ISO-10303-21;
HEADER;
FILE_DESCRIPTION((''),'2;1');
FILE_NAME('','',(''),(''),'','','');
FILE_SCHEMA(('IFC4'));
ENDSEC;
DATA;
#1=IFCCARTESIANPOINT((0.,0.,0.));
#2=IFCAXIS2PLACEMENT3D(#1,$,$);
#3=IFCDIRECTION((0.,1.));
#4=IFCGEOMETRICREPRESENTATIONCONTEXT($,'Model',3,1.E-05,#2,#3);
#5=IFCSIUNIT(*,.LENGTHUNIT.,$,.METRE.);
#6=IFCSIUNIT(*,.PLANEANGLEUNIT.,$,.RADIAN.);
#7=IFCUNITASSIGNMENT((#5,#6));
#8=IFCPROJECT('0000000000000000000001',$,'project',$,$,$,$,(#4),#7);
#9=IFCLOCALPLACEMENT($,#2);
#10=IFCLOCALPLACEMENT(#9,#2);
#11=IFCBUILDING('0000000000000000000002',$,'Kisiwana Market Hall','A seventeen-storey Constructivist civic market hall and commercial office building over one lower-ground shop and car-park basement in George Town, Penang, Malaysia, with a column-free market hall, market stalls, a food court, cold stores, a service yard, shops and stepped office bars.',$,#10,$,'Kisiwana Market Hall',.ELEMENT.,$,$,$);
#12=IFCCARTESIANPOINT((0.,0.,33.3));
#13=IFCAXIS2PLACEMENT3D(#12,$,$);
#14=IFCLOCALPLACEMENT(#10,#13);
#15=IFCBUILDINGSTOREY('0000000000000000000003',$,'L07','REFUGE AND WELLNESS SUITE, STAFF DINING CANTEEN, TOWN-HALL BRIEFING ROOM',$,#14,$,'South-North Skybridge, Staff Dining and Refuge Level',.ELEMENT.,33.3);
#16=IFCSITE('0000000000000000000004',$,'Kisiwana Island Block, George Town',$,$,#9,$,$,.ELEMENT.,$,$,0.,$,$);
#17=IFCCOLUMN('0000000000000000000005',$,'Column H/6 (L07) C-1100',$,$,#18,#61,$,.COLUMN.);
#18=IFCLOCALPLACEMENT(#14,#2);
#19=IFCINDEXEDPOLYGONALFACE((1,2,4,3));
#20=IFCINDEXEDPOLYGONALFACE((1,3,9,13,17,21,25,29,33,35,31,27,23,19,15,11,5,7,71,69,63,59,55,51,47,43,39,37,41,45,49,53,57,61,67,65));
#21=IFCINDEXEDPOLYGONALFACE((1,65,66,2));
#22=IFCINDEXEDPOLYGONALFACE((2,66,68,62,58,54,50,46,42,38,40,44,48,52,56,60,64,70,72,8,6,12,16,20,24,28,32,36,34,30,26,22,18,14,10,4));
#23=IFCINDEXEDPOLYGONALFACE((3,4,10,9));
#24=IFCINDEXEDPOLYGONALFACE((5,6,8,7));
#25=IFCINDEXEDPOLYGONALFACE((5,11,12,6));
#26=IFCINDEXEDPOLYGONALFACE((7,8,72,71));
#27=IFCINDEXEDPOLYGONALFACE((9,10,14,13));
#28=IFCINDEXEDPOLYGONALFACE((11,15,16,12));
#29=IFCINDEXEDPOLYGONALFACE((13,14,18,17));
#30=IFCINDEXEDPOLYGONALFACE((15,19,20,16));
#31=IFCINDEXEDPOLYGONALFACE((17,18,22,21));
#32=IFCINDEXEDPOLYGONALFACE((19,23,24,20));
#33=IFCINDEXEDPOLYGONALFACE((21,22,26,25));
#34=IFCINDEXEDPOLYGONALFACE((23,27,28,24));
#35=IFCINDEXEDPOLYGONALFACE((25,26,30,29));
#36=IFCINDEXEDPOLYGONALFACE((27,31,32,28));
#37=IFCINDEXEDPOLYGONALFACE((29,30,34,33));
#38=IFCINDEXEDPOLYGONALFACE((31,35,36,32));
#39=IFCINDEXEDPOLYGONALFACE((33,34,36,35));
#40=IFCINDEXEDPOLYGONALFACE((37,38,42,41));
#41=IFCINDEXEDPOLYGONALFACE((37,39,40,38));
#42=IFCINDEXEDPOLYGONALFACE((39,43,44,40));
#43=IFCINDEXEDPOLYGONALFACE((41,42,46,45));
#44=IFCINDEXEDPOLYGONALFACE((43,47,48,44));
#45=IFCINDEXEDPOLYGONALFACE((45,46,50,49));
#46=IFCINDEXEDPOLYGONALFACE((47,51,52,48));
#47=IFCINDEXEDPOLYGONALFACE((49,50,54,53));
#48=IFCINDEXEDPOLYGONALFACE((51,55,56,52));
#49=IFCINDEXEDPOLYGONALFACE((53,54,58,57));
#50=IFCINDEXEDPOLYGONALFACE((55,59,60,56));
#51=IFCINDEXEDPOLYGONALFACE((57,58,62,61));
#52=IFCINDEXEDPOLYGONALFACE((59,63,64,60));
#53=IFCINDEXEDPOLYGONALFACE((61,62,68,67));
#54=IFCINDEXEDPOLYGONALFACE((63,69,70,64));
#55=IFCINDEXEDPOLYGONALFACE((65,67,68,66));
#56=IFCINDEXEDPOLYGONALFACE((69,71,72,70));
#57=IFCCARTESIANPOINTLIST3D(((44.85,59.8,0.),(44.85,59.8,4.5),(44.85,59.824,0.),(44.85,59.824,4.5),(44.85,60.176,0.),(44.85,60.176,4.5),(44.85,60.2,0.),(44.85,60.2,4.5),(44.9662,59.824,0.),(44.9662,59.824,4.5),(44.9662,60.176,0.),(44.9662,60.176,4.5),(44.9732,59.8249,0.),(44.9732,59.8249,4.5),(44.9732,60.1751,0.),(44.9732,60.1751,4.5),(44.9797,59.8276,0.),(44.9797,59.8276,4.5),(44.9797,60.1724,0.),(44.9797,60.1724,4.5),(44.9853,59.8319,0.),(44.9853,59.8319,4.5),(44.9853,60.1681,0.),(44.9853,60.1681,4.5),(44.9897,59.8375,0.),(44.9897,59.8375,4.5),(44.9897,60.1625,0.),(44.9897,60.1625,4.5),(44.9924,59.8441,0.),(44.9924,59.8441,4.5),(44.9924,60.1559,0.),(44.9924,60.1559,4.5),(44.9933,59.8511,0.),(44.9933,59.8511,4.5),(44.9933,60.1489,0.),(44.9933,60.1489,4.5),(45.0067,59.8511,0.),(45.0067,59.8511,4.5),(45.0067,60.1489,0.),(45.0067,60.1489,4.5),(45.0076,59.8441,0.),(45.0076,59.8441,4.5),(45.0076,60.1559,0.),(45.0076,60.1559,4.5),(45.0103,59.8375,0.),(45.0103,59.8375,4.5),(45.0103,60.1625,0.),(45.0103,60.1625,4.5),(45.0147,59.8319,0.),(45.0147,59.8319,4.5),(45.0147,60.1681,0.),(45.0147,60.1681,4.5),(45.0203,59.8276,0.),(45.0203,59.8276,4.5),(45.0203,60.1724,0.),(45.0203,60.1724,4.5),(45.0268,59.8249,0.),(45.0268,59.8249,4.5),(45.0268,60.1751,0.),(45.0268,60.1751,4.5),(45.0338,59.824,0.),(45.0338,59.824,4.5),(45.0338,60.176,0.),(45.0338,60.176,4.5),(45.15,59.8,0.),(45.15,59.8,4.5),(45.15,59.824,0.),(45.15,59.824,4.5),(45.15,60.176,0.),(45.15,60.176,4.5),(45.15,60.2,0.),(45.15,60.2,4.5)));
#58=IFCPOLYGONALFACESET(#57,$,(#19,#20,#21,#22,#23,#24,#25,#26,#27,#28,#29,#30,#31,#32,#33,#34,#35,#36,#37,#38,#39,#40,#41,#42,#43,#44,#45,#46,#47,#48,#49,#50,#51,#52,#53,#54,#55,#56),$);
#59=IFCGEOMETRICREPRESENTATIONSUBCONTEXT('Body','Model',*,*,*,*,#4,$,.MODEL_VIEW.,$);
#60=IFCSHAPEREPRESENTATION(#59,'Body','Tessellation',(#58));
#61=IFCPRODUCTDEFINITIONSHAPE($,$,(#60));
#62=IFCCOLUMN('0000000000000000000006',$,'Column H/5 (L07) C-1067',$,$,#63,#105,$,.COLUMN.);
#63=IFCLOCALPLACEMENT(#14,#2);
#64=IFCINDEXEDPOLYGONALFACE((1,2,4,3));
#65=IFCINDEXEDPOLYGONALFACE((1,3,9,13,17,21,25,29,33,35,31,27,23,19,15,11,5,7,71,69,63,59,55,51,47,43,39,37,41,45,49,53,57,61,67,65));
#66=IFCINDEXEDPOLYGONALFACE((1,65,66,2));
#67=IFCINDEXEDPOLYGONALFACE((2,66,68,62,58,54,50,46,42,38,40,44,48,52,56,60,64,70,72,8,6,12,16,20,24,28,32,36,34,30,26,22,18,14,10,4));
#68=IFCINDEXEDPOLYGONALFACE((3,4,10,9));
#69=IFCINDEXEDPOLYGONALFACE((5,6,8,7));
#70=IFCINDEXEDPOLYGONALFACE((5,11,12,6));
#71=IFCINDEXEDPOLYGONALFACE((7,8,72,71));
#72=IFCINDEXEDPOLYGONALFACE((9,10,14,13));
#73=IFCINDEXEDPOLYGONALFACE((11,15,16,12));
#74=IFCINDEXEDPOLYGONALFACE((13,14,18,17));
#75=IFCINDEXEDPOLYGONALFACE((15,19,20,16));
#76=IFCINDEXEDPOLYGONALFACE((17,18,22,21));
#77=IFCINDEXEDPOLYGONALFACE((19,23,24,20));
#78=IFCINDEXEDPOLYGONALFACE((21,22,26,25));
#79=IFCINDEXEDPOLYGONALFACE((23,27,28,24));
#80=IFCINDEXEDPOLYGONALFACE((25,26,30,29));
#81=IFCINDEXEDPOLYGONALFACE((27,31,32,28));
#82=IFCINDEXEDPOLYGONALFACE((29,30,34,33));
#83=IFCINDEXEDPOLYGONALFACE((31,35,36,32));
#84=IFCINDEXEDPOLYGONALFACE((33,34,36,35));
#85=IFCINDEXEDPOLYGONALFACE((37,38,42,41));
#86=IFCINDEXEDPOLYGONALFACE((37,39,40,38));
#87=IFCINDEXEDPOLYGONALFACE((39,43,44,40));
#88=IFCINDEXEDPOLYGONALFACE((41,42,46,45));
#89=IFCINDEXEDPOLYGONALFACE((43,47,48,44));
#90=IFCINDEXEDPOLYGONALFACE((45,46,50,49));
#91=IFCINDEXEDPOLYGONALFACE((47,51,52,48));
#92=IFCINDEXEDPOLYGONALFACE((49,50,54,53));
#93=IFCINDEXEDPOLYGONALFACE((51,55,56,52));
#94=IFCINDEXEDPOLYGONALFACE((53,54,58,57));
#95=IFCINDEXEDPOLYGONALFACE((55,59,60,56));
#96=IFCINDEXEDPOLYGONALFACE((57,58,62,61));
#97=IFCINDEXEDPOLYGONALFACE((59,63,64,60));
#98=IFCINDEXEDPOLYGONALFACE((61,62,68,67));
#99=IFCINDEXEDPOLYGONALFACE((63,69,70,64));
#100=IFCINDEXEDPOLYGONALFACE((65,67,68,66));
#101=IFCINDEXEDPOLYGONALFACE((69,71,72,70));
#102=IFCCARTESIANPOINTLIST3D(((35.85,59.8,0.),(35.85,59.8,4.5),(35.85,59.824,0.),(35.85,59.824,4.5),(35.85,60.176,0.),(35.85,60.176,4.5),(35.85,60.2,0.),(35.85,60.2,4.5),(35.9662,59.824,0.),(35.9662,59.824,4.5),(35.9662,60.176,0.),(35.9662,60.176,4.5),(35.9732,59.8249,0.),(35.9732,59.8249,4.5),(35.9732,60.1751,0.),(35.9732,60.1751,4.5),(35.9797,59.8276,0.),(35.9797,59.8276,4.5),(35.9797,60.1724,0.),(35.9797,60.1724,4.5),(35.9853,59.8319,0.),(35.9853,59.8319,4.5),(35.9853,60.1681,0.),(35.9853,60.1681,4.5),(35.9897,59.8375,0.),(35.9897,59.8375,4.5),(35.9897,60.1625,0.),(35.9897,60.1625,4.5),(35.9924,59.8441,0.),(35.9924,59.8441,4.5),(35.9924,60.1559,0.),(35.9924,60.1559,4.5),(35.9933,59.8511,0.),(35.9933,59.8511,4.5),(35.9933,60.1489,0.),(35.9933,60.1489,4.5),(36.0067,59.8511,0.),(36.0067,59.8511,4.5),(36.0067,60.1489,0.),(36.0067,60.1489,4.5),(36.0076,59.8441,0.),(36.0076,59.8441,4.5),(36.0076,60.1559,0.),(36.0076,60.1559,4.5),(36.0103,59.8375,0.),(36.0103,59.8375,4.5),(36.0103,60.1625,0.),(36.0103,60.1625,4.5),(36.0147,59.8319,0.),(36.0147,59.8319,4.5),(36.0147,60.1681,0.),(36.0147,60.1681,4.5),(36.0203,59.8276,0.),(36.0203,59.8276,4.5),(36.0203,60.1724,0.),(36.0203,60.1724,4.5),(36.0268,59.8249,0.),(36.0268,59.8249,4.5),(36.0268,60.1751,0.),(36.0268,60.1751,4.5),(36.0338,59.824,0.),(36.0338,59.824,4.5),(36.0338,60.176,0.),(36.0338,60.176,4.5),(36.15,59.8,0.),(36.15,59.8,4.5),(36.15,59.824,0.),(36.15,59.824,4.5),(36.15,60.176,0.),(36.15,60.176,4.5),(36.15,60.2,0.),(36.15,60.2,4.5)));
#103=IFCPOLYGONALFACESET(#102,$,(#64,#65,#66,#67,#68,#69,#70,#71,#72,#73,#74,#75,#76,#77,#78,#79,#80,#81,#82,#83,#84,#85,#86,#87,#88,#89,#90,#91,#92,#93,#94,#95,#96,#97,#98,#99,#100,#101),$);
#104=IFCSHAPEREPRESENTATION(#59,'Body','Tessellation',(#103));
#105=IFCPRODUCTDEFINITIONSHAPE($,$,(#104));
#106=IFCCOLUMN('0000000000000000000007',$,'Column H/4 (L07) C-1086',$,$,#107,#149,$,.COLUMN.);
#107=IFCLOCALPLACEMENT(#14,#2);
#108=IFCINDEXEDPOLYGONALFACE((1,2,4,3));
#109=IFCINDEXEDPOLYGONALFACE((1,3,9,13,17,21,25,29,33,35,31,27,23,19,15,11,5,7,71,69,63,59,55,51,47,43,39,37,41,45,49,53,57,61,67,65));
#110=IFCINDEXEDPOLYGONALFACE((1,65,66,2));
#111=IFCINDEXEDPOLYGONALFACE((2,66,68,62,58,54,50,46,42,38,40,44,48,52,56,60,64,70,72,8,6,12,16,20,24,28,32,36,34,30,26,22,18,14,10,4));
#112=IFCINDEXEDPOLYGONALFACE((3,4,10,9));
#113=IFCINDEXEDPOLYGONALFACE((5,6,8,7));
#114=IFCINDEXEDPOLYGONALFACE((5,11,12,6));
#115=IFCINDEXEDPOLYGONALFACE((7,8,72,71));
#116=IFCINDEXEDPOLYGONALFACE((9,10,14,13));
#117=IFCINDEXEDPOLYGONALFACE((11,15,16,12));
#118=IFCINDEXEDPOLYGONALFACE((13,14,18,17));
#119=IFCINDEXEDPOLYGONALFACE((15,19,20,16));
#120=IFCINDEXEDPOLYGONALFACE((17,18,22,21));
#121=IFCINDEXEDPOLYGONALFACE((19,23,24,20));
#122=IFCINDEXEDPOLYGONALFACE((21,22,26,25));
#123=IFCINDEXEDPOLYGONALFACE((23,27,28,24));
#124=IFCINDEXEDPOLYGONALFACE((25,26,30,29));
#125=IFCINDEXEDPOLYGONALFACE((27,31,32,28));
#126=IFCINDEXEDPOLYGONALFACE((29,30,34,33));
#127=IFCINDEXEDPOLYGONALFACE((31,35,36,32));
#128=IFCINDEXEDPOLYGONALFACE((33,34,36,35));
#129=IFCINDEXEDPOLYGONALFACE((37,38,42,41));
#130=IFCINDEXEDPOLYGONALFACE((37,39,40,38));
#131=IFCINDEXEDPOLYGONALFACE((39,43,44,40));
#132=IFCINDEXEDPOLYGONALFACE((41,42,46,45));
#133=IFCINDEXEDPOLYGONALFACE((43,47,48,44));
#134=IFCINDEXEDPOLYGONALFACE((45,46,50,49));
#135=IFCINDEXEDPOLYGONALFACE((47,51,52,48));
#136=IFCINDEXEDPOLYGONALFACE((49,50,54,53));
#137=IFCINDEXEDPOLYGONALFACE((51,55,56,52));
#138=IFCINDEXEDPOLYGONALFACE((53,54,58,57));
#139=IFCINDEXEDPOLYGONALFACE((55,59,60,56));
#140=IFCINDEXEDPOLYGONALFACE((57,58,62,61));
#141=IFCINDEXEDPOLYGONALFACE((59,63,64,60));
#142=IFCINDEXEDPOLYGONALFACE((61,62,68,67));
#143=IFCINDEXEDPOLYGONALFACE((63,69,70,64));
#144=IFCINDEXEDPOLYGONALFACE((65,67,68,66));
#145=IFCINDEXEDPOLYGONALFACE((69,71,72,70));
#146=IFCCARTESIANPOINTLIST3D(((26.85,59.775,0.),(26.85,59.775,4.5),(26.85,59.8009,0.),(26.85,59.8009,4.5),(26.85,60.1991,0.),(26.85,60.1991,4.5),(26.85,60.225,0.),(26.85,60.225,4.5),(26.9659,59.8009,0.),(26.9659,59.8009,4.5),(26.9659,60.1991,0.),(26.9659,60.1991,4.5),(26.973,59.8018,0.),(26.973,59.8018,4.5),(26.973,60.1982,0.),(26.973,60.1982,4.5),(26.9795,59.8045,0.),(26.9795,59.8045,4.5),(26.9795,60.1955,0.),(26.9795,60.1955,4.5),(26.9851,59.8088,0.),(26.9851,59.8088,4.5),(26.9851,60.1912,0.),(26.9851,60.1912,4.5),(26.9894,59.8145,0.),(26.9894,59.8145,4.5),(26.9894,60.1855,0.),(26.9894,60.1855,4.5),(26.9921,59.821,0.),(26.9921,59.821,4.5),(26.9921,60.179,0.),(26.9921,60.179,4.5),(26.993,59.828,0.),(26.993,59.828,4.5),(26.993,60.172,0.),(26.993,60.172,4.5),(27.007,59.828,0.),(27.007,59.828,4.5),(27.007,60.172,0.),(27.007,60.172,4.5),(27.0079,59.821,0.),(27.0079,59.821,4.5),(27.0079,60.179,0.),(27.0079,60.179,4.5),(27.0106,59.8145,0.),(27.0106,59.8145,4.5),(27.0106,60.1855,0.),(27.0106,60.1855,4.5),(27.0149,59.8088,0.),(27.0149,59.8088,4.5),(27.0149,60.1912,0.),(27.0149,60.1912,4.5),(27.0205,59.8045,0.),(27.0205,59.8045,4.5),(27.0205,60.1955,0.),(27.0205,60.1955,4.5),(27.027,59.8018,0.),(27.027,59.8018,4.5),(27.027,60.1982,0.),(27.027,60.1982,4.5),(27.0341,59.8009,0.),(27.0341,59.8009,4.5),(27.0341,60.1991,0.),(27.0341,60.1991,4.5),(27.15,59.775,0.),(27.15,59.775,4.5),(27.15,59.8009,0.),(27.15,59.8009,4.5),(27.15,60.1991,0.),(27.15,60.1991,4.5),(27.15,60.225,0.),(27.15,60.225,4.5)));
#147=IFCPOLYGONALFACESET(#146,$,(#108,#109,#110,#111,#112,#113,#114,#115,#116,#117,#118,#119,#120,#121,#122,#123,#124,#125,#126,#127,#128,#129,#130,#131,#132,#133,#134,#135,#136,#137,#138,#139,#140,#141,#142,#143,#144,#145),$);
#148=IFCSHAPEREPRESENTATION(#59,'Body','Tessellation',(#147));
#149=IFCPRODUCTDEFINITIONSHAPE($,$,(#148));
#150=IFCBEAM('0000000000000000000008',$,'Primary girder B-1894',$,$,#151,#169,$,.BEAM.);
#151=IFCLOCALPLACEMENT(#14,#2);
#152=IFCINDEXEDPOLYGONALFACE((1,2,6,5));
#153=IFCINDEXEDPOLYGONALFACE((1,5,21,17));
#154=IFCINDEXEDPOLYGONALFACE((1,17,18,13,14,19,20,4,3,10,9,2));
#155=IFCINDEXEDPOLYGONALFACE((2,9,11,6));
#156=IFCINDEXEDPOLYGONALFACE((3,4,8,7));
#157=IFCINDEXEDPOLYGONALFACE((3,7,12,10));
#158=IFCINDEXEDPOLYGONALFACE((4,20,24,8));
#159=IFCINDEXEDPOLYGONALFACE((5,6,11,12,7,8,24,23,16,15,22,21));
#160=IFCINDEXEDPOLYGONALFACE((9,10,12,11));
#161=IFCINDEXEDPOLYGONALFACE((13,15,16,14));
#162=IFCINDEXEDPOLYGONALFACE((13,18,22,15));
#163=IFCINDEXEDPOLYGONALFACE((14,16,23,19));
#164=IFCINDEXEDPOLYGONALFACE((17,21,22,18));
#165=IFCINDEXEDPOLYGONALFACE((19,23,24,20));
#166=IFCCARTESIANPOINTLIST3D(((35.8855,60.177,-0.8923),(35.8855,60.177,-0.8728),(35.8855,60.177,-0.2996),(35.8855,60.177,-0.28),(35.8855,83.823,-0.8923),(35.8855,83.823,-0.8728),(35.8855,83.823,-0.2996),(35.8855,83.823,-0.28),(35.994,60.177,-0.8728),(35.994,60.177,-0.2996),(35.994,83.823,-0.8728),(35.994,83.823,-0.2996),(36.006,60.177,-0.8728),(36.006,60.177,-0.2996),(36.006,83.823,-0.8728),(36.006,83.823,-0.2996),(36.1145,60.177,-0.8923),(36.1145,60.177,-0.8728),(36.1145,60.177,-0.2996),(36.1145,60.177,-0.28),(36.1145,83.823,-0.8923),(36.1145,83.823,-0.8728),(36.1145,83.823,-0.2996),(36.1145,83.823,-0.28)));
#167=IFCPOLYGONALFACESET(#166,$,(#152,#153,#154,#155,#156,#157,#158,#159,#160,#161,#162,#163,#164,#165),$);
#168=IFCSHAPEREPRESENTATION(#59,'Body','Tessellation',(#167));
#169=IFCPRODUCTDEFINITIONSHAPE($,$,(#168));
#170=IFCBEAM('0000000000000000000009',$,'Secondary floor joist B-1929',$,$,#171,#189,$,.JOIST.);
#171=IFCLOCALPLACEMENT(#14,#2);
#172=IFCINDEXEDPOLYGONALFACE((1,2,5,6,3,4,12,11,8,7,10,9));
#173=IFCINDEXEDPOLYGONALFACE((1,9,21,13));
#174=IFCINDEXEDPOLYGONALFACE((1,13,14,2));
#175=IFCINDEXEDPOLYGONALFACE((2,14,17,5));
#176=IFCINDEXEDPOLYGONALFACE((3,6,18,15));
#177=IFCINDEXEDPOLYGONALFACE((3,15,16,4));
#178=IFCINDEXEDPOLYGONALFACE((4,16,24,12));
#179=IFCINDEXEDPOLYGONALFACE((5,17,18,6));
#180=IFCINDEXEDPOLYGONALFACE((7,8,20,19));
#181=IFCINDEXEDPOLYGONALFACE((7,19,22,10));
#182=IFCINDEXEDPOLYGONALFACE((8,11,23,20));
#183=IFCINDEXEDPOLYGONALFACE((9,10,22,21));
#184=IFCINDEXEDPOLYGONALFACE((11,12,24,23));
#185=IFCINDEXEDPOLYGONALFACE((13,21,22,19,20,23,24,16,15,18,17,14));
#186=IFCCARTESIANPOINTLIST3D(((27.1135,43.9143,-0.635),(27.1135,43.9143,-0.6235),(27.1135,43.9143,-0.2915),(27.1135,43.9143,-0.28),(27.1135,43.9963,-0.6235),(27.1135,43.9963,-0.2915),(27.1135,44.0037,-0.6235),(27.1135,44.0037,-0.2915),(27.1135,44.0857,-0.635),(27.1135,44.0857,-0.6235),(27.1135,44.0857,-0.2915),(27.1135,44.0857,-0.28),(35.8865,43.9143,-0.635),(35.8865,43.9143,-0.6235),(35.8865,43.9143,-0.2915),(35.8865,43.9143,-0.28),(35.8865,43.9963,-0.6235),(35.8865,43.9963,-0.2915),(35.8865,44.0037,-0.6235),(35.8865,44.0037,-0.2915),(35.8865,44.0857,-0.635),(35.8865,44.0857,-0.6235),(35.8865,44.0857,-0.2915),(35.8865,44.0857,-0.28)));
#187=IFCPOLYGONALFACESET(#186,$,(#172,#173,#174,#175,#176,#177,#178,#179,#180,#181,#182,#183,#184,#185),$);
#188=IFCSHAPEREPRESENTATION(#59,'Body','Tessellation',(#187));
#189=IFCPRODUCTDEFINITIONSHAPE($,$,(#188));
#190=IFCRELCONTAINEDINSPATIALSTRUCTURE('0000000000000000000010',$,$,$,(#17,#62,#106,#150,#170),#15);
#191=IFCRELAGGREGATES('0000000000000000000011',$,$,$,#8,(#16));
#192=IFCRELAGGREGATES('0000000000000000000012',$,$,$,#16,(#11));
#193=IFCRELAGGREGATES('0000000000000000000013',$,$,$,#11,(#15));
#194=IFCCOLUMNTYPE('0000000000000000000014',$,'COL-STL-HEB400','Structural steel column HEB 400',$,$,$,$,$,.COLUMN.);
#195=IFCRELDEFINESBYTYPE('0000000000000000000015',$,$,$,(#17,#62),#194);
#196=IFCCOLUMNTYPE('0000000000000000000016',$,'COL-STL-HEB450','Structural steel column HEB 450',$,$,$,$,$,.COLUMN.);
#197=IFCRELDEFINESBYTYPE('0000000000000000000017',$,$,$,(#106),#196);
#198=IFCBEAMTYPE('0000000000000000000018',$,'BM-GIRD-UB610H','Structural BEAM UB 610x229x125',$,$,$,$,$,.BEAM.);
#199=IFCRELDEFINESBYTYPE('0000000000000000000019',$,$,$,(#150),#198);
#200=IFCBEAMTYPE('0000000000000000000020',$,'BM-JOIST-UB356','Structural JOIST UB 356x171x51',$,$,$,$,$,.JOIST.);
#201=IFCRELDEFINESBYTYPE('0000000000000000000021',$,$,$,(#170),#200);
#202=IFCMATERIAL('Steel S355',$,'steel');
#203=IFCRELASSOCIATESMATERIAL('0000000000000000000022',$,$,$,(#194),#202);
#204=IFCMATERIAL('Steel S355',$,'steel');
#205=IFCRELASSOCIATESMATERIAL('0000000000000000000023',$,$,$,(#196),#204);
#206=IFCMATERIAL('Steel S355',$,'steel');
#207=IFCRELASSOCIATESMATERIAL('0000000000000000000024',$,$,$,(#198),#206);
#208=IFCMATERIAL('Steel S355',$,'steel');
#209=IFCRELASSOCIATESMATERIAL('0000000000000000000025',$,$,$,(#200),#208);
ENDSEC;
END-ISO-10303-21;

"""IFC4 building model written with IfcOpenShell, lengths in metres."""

from ifc_helpers import new_model, si_unit, direction, frame, origin, origin_2d, place, context, subcontext, project, spatial, i_section, extrude, material, material_profile, profile_set, type_object, element, save


model = new_model("IFC4")

# Units and contexts
model_context = context("Model", 3, precision=1e-05, world=origin(), true_north=direction((0.0, 1.0)))
body_context = subcontext(model_context, "Body", "Model", "MODEL_VIEW")
ifc_project = project(units=[si_unit("LENGTHUNIT", "METRE"), si_unit("PLANEANGLEUNIT", "RADIAN")], contexts=[model_context])

# Site, building, storey
site_placement = place(None, origin())
site = spatial("IfcSite", under=ifc_project, at=site_placement, Name="Kisiwana Island Block, George Town", CompositionType="ELEMENT", RefElevation=0.0)
building_placement = place(site_placement, origin())
building = spatial("IfcBuilding", under=site, at=building_placement, Name="Kisiwana Market Hall", Description="A seventeen-storey Constructivist civic market hall and commercial office building over one lower-ground shop and car-park basement in George Town, Penang, Malaysia, with a column-free market hall, market stalls, a food court, cold stores, a service yard, shops and stepped office bars.", LongName="Kisiwana Market Hall", CompositionType="ELEMENT")
storey_placement = place(building_placement, frame((0.0, 0.0, 33.3)))
storey = spatial("IfcBuildingStorey", under=building, at=storey_placement, Name="L07", Description="REFUGE AND WELLNESS SUITE, STAFF DINING CANTEEN, TOWN-HALL BRIEFING ROOM", LongName="South-North Skybridge, Staff Dining and Refuge Level", CompositionType="ELEMENT", Elevation=33.3)

# Columns
ifc_material_1 = material(Name="Steel S355", Category="steel")
ifc_material_profile_1 = material_profile(ifc_material_1, i_section(OverallWidth=0.3, OverallDepth=0.3999, WebThickness=0.0134, FlangeThickness=0.0239, FilletRadius=0.0271, at=origin_2d()), Name="HEB 400")
ifc_profile_set_1 = profile_set([ifc_material_profile_1], Name="Steel S355")
column_type_1 = type_object("IfcColumnType", Name="COL-STL-HEB400", Description="Structural steel column HEB 400", PredefinedType="COLUMN", material=ifc_profile_set_1)
for number, where, z_axis, x_axis, name in (
    (1, (45.0, 60.0, 0.0), (0.0, 0.0, 1.0), (1.0, 0.0, 0.0), "Column H/6 (L07) C-1100"),
    (2, (36.0, 60.0, 0.0), (0.0, 0.0, 1.0), (1.0, 0.0, 0.0), "Column H/5 (L07) C-1067"),
):
    element("IfcColumn", number, at=place(storey_placement, frame(where, z_axis=z_axis, x_axis=x_axis)), inside=storey, type_object=column_type_1, Name=name, PredefinedType="COLUMN", context=body_context, shape_type="SweptSolid", body=[
        extrude(i_section(OverallWidth=0.3, OverallDepth=0.3999, WebThickness=0.0134, FlangeThickness=0.0239, FilletRadius=0.0271, at=origin_2d()), origin(), (0.0, 0.0, 1.0), 4.5),
    ])
ifc_material_2 = material(Name="Steel S355", Category="steel")
ifc_material_profile_2 = material_profile(ifc_material_2, i_section(OverallWidth=0.3, OverallDepth=0.45, WebThickness=0.0139, FlangeThickness=0.0259, FilletRadius=0.0271, at=origin_2d()), Name="HEB 450")
ifc_profile_set_2 = profile_set([ifc_material_profile_2], Name="Steel S355")
column_type_2 = type_object("IfcColumnType", Name="COL-STL-HEB450", Description="Structural steel column HEB 450", PredefinedType="COLUMN", material=ifc_profile_set_2)
column_placement = place(storey_placement, frame((27.0, 60.0, 0.0), z_axis=(0.0, 0.0, 1.0), x_axis=(1.0, 0.0, 0.0)))
element("IfcColumn", 3, at=column_placement, inside=storey, type_object=column_type_2, Name="Column H/4 (L07) C-1086", PredefinedType="COLUMN", context=body_context, shape_type="SweptSolid", body=[
    extrude(i_section(OverallWidth=0.3, OverallDepth=0.45, WebThickness=0.0139, FlangeThickness=0.0259, FilletRadius=0.0271, at=origin_2d()), origin(), (0.0, 0.0, 1.0), 4.5),
])

# Beams
ifc_material_3 = material(Name="Steel S355", Category="steel")
ifc_material_profile_3 = material_profile(ifc_material_3, i_section(OverallWidth=0.229, OverallDepth=0.6123, WebThickness=0.012, FlangeThickness=0.0195, at=origin_2d()), Name="UB 610x229x125")
ifc_profile_set_3 = profile_set([ifc_material_profile_3], Name="Steel S355")
beam_type_1 = type_object("IfcBeamType", Name="BM-GIRD-UB610H", Description="Structural BEAM UB 610x229x125", PredefinedType="BEAM", material=ifc_profile_set_3)
beam_1_placement = place(storey_placement, frame((36.0, 60.177, -0.5862), z_axis=(0.0, 1.0, 0.0), x_axis=(-1.0, 0.0, 0.0)))
element("IfcBeam", 4, at=beam_1_placement, inside=storey, type_object=beam_type_1, Name="Primary girder B-1894", PredefinedType="BEAM", context=body_context, shape_type="SweptSolid", body=[
    extrude(i_section(OverallWidth=0.229, OverallDepth=0.6123, WebThickness=0.012, FlangeThickness=0.0195, at=origin_2d()), origin(), (0.0, 0.0, 1.0), 23.646),
])
ifc_material_4 = material(Name="Steel S355", Category="steel")
ifc_material_profile_4 = material_profile(ifc_material_4, i_section(OverallWidth=0.1714, OverallDepth=0.355, WebThickness=0.0073, FlangeThickness=0.0115, at=origin_2d()), Name="UB 356x171x51")
ifc_profile_set_4 = profile_set([ifc_material_profile_4], Name="Steel S355")
beam_type_2 = type_object("IfcBeamType", Name="BM-JOIST-UB356", Description="Structural JOIST UB 356x171x51", PredefinedType="JOIST", material=ifc_profile_set_4)
for number, where, z_axis, x_axis, name in (
    (5, (27.1135, 44.0, -0.4575), (1.0, 0.0, 0.0), (0.0, 1.0, 0.0), "Secondary floor joist B-1929"),
):
    element("IfcBeam", number, at=place(storey_placement, frame(where, z_axis=z_axis, x_axis=x_axis)), inside=storey, type_object=beam_type_2, Name=name, PredefinedType="JOIST", context=body_context, shape_type="SweptSolid", body=[
        extrude(i_section(OverallWidth=0.1714, OverallDepth=0.355, WebThickness=0.0073, FlangeThickness=0.0115, at=origin_2d()), origin(), (0.0, 0.0, 1.0), 8.7729),
    ])

save(model, "model.ifc")
